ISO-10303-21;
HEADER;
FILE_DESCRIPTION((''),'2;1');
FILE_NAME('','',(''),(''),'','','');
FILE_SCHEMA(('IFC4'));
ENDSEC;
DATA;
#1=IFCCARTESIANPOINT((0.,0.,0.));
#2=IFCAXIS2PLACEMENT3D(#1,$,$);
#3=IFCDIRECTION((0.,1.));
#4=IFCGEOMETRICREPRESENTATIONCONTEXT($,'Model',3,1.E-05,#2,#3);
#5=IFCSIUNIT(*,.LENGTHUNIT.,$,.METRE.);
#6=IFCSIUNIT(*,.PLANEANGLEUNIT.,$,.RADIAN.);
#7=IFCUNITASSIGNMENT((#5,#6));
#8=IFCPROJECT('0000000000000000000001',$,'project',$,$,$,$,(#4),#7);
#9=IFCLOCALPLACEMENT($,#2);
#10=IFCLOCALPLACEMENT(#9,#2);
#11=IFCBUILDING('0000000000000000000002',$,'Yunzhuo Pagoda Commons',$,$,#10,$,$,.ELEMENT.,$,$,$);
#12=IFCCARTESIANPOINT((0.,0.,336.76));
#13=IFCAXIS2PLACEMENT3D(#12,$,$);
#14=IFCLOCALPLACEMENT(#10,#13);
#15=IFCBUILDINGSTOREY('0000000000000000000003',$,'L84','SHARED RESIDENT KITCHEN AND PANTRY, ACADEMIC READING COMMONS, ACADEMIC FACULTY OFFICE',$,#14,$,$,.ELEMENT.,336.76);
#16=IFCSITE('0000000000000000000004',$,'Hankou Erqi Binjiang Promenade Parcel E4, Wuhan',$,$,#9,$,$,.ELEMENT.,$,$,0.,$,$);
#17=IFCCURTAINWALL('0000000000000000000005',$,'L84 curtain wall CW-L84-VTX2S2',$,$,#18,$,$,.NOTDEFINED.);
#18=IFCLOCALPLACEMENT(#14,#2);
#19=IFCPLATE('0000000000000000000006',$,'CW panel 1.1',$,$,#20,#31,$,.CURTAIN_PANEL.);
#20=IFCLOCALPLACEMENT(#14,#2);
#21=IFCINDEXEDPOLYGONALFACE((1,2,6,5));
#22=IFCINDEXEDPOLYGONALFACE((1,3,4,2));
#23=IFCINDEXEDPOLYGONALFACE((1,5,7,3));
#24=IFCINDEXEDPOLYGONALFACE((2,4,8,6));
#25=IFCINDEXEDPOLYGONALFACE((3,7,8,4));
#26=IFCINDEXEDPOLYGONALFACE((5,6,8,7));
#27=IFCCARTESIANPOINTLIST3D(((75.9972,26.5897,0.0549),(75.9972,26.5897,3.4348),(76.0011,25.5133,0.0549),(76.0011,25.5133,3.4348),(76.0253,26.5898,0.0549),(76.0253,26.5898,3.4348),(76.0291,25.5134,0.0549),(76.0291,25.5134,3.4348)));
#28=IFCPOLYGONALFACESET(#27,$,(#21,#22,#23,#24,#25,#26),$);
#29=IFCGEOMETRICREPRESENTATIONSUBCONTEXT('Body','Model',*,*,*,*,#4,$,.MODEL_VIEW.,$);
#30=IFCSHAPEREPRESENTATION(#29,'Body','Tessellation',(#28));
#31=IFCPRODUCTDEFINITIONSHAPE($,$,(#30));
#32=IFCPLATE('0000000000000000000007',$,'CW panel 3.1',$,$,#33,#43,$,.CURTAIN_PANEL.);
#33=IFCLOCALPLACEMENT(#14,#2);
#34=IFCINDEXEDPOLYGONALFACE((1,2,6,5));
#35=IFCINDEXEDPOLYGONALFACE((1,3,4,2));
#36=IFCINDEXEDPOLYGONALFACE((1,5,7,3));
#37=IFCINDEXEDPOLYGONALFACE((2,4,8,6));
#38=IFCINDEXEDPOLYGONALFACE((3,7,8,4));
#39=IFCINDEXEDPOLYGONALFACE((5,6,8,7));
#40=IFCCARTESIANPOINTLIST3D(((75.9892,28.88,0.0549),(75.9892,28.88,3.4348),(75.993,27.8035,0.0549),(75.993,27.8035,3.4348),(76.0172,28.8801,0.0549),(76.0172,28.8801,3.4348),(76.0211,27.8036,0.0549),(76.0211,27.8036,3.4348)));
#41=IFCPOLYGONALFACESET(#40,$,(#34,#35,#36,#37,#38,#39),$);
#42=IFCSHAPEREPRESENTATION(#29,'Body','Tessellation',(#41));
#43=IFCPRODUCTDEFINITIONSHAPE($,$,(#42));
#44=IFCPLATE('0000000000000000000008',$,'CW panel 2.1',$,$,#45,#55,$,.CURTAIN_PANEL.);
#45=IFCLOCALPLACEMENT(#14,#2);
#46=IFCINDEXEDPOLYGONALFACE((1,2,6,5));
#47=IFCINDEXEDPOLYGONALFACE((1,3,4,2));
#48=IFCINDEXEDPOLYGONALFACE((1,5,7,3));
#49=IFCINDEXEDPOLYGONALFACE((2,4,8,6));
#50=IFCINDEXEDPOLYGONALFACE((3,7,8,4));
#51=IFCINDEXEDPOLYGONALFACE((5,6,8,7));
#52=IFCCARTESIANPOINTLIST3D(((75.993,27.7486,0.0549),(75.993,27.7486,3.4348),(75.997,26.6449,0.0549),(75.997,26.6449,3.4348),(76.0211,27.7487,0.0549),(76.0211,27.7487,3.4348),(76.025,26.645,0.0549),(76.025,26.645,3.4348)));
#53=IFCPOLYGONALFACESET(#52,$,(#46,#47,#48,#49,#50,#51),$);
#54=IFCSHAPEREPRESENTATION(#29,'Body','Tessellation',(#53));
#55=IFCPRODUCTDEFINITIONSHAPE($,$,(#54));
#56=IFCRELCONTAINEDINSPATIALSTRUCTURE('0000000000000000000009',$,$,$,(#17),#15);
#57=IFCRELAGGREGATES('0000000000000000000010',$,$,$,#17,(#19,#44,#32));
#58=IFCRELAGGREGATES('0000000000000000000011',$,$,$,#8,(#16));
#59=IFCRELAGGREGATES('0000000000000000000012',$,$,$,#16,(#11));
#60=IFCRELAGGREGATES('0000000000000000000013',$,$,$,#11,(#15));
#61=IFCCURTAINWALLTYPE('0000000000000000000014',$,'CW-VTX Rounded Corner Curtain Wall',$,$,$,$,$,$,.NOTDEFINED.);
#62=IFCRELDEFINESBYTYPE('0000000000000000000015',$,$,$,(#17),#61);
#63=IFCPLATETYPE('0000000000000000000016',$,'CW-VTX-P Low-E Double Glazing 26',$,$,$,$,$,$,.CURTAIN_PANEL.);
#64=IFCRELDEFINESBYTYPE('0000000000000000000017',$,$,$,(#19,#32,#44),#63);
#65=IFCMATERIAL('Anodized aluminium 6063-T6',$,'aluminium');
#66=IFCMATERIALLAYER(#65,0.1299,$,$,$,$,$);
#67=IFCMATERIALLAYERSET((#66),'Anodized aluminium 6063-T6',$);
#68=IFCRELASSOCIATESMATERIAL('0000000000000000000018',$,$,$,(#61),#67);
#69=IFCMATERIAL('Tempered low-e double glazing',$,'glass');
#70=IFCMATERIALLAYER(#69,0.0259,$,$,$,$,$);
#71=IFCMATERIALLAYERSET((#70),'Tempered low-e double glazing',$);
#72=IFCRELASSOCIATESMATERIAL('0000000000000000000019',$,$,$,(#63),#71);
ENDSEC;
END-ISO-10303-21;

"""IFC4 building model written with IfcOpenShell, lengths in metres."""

from ifc_helpers import new_model, si_unit, direction, frame, origin, origin_2d, place, context, subcontext, project, spatial, rectangle, extrude, source, transform, mapped, material, layer, layer_set, type_object, element, aggregate, save


model = new_model("IFC4")

# Units and contexts
model_context = context("Model", 3, precision=1e-05, world=origin(), true_north=direction((0.0, 1.0)))
body_context = subcontext(model_context, "Body", "Model", "MODEL_VIEW")
ifc_project = project(units=[si_unit("LENGTHUNIT", "METRE"), si_unit("PLANEANGLEUNIT", "RADIAN")], contexts=[model_context])

# Site, building, storey
site_placement = place(None, origin())
site = spatial("IfcSite", under=ifc_project, at=site_placement, Name="Hankou Erqi Binjiang Promenade Parcel E4, Wuhan", CompositionType="ELEMENT", RefElevation=0.0)
building_placement = place(site_placement, origin())
building = spatial("IfcBuilding", under=site, at=building_placement, Name="Yunzhuo Pagoda Commons", CompositionType="ELEMENT")
storey_placement = place(building_placement, frame((0.0, 0.0, 336.76)))
storey = spatial("IfcBuildingStorey", under=building, at=storey_placement, Name="L84", Description="SHARED RESIDENT KITCHEN AND PANTRY, ACADEMIC READING COMMONS, ACADEMIC FACULTY OFFICE", CompositionType="ELEMENT", Elevation=336.76)

# Shared definitions
ifc_material_1 = material(Name="Anodized aluminium 6063-T6", Category="aluminium")

# Shared definitions
ifc_layer_1 = layer(ifc_material_1, 0.1299)
ifc_layer_set_1 = layer_set([ifc_layer_1], Name="Anodized aluminium 6063-T6")
curtain_wall_type_1 = type_object("IfcCurtainWallType", Name="CW-VTX Rounded Corner Curtain Wall", PredefinedType="NOTDEFINED", material=ifc_layer_set_1)

# Curtain wall
curtain_wall_1_placement = place(storey_placement, origin())
curtain_wall_1 = element("IfcCurtainWall", 1, at=curtain_wall_1_placement, inside=storey, type_object=curtain_wall_type_1, Name="L84 curtain wall CW-L84-VTX2S2", PredefinedType="NOTDEFINED")

# Plates
ifc_material_2 = material(Name="Tempered low-e double glazing", Category="glass")
ifc_layer_2 = layer(ifc_material_2, 0.0259)
ifc_layer_set_2 = layer_set([ifc_layer_2], Name="Tempered low-e double glazing")
plate_type_1 = type_object("IfcPlateType", Name="CW-VTX-P Low-E Double Glazing 26", PredefinedType="CURTAIN_PANEL", material=ifc_layer_set_2)
shared_shape_1 = source(origin(), body_context, "Body", "SweptSolid", [
    extrude(rectangle(XDim=1.0764, YDim=0.0281, at=origin_2d()), origin(), (0.0, 0.0, 1.0), 3.3799),
])
plate_1_placement = place(storey_placement, frame((76.0132, 26.0515, 0.0549), z_axis=(0.0, 0.0, 1.0), x_axis=(-0.003567, 0.999994, 0.0)))
plate_1 = element("IfcPlate", 2, at=plate_1_placement, type_object=plate_type_1, Name="CW panel 1.1", PredefinedType="CURTAIN_PANEL", context=body_context, shape_type="MappedRepresentation", body=[
    mapped(shared_shape_1, transform((0.0, 0.0, 0.0), scale=1.0)),
])
plate_2_placement = place(storey_placement, frame((76.0051, 28.3418, 0.0549), z_axis=(0.0, 0.0, 1.0), x_axis=(-0.003567, 0.999994, 0.0)))
plate_2 = element("IfcPlate", 3, at=plate_2_placement, type_object=plate_type_1, Name="CW panel 3.1", PredefinedType="CURTAIN_PANEL", context=body_context, shape_type="MappedRepresentation", body=[
    mapped(shared_shape_1, transform((0.0, 0.0, 0.0), scale=1.0)),
])
shared_shape_2 = source(origin(), body_context, "Body", "SweptSolid", [
    extrude(rectangle(XDim=1.1038, YDim=0.0281, at=origin_2d()), origin(), (0.0, 0.0, 1.0), 3.3799),
])
plate_3_placement = place(storey_placement, frame((76.009, 27.1968, 0.0549), z_axis=(0.0, 0.0, 1.0), x_axis=(-0.003567, 0.999994, 0.0)))
plate_3 = element("IfcPlate", 4, at=plate_3_placement, type_object=plate_type_1, Name="CW panel 2.1", PredefinedType="CURTAIN_PANEL", context=body_context, shape_type="MappedRepresentation", body=[
    mapped(shared_shape_2, transform((0.0, 0.0, 0.0), scale=1.0)),
])
aggregate(curtain_wall_1, [plate_1, plate_3, plate_2])

save(model, "model.ifc")
